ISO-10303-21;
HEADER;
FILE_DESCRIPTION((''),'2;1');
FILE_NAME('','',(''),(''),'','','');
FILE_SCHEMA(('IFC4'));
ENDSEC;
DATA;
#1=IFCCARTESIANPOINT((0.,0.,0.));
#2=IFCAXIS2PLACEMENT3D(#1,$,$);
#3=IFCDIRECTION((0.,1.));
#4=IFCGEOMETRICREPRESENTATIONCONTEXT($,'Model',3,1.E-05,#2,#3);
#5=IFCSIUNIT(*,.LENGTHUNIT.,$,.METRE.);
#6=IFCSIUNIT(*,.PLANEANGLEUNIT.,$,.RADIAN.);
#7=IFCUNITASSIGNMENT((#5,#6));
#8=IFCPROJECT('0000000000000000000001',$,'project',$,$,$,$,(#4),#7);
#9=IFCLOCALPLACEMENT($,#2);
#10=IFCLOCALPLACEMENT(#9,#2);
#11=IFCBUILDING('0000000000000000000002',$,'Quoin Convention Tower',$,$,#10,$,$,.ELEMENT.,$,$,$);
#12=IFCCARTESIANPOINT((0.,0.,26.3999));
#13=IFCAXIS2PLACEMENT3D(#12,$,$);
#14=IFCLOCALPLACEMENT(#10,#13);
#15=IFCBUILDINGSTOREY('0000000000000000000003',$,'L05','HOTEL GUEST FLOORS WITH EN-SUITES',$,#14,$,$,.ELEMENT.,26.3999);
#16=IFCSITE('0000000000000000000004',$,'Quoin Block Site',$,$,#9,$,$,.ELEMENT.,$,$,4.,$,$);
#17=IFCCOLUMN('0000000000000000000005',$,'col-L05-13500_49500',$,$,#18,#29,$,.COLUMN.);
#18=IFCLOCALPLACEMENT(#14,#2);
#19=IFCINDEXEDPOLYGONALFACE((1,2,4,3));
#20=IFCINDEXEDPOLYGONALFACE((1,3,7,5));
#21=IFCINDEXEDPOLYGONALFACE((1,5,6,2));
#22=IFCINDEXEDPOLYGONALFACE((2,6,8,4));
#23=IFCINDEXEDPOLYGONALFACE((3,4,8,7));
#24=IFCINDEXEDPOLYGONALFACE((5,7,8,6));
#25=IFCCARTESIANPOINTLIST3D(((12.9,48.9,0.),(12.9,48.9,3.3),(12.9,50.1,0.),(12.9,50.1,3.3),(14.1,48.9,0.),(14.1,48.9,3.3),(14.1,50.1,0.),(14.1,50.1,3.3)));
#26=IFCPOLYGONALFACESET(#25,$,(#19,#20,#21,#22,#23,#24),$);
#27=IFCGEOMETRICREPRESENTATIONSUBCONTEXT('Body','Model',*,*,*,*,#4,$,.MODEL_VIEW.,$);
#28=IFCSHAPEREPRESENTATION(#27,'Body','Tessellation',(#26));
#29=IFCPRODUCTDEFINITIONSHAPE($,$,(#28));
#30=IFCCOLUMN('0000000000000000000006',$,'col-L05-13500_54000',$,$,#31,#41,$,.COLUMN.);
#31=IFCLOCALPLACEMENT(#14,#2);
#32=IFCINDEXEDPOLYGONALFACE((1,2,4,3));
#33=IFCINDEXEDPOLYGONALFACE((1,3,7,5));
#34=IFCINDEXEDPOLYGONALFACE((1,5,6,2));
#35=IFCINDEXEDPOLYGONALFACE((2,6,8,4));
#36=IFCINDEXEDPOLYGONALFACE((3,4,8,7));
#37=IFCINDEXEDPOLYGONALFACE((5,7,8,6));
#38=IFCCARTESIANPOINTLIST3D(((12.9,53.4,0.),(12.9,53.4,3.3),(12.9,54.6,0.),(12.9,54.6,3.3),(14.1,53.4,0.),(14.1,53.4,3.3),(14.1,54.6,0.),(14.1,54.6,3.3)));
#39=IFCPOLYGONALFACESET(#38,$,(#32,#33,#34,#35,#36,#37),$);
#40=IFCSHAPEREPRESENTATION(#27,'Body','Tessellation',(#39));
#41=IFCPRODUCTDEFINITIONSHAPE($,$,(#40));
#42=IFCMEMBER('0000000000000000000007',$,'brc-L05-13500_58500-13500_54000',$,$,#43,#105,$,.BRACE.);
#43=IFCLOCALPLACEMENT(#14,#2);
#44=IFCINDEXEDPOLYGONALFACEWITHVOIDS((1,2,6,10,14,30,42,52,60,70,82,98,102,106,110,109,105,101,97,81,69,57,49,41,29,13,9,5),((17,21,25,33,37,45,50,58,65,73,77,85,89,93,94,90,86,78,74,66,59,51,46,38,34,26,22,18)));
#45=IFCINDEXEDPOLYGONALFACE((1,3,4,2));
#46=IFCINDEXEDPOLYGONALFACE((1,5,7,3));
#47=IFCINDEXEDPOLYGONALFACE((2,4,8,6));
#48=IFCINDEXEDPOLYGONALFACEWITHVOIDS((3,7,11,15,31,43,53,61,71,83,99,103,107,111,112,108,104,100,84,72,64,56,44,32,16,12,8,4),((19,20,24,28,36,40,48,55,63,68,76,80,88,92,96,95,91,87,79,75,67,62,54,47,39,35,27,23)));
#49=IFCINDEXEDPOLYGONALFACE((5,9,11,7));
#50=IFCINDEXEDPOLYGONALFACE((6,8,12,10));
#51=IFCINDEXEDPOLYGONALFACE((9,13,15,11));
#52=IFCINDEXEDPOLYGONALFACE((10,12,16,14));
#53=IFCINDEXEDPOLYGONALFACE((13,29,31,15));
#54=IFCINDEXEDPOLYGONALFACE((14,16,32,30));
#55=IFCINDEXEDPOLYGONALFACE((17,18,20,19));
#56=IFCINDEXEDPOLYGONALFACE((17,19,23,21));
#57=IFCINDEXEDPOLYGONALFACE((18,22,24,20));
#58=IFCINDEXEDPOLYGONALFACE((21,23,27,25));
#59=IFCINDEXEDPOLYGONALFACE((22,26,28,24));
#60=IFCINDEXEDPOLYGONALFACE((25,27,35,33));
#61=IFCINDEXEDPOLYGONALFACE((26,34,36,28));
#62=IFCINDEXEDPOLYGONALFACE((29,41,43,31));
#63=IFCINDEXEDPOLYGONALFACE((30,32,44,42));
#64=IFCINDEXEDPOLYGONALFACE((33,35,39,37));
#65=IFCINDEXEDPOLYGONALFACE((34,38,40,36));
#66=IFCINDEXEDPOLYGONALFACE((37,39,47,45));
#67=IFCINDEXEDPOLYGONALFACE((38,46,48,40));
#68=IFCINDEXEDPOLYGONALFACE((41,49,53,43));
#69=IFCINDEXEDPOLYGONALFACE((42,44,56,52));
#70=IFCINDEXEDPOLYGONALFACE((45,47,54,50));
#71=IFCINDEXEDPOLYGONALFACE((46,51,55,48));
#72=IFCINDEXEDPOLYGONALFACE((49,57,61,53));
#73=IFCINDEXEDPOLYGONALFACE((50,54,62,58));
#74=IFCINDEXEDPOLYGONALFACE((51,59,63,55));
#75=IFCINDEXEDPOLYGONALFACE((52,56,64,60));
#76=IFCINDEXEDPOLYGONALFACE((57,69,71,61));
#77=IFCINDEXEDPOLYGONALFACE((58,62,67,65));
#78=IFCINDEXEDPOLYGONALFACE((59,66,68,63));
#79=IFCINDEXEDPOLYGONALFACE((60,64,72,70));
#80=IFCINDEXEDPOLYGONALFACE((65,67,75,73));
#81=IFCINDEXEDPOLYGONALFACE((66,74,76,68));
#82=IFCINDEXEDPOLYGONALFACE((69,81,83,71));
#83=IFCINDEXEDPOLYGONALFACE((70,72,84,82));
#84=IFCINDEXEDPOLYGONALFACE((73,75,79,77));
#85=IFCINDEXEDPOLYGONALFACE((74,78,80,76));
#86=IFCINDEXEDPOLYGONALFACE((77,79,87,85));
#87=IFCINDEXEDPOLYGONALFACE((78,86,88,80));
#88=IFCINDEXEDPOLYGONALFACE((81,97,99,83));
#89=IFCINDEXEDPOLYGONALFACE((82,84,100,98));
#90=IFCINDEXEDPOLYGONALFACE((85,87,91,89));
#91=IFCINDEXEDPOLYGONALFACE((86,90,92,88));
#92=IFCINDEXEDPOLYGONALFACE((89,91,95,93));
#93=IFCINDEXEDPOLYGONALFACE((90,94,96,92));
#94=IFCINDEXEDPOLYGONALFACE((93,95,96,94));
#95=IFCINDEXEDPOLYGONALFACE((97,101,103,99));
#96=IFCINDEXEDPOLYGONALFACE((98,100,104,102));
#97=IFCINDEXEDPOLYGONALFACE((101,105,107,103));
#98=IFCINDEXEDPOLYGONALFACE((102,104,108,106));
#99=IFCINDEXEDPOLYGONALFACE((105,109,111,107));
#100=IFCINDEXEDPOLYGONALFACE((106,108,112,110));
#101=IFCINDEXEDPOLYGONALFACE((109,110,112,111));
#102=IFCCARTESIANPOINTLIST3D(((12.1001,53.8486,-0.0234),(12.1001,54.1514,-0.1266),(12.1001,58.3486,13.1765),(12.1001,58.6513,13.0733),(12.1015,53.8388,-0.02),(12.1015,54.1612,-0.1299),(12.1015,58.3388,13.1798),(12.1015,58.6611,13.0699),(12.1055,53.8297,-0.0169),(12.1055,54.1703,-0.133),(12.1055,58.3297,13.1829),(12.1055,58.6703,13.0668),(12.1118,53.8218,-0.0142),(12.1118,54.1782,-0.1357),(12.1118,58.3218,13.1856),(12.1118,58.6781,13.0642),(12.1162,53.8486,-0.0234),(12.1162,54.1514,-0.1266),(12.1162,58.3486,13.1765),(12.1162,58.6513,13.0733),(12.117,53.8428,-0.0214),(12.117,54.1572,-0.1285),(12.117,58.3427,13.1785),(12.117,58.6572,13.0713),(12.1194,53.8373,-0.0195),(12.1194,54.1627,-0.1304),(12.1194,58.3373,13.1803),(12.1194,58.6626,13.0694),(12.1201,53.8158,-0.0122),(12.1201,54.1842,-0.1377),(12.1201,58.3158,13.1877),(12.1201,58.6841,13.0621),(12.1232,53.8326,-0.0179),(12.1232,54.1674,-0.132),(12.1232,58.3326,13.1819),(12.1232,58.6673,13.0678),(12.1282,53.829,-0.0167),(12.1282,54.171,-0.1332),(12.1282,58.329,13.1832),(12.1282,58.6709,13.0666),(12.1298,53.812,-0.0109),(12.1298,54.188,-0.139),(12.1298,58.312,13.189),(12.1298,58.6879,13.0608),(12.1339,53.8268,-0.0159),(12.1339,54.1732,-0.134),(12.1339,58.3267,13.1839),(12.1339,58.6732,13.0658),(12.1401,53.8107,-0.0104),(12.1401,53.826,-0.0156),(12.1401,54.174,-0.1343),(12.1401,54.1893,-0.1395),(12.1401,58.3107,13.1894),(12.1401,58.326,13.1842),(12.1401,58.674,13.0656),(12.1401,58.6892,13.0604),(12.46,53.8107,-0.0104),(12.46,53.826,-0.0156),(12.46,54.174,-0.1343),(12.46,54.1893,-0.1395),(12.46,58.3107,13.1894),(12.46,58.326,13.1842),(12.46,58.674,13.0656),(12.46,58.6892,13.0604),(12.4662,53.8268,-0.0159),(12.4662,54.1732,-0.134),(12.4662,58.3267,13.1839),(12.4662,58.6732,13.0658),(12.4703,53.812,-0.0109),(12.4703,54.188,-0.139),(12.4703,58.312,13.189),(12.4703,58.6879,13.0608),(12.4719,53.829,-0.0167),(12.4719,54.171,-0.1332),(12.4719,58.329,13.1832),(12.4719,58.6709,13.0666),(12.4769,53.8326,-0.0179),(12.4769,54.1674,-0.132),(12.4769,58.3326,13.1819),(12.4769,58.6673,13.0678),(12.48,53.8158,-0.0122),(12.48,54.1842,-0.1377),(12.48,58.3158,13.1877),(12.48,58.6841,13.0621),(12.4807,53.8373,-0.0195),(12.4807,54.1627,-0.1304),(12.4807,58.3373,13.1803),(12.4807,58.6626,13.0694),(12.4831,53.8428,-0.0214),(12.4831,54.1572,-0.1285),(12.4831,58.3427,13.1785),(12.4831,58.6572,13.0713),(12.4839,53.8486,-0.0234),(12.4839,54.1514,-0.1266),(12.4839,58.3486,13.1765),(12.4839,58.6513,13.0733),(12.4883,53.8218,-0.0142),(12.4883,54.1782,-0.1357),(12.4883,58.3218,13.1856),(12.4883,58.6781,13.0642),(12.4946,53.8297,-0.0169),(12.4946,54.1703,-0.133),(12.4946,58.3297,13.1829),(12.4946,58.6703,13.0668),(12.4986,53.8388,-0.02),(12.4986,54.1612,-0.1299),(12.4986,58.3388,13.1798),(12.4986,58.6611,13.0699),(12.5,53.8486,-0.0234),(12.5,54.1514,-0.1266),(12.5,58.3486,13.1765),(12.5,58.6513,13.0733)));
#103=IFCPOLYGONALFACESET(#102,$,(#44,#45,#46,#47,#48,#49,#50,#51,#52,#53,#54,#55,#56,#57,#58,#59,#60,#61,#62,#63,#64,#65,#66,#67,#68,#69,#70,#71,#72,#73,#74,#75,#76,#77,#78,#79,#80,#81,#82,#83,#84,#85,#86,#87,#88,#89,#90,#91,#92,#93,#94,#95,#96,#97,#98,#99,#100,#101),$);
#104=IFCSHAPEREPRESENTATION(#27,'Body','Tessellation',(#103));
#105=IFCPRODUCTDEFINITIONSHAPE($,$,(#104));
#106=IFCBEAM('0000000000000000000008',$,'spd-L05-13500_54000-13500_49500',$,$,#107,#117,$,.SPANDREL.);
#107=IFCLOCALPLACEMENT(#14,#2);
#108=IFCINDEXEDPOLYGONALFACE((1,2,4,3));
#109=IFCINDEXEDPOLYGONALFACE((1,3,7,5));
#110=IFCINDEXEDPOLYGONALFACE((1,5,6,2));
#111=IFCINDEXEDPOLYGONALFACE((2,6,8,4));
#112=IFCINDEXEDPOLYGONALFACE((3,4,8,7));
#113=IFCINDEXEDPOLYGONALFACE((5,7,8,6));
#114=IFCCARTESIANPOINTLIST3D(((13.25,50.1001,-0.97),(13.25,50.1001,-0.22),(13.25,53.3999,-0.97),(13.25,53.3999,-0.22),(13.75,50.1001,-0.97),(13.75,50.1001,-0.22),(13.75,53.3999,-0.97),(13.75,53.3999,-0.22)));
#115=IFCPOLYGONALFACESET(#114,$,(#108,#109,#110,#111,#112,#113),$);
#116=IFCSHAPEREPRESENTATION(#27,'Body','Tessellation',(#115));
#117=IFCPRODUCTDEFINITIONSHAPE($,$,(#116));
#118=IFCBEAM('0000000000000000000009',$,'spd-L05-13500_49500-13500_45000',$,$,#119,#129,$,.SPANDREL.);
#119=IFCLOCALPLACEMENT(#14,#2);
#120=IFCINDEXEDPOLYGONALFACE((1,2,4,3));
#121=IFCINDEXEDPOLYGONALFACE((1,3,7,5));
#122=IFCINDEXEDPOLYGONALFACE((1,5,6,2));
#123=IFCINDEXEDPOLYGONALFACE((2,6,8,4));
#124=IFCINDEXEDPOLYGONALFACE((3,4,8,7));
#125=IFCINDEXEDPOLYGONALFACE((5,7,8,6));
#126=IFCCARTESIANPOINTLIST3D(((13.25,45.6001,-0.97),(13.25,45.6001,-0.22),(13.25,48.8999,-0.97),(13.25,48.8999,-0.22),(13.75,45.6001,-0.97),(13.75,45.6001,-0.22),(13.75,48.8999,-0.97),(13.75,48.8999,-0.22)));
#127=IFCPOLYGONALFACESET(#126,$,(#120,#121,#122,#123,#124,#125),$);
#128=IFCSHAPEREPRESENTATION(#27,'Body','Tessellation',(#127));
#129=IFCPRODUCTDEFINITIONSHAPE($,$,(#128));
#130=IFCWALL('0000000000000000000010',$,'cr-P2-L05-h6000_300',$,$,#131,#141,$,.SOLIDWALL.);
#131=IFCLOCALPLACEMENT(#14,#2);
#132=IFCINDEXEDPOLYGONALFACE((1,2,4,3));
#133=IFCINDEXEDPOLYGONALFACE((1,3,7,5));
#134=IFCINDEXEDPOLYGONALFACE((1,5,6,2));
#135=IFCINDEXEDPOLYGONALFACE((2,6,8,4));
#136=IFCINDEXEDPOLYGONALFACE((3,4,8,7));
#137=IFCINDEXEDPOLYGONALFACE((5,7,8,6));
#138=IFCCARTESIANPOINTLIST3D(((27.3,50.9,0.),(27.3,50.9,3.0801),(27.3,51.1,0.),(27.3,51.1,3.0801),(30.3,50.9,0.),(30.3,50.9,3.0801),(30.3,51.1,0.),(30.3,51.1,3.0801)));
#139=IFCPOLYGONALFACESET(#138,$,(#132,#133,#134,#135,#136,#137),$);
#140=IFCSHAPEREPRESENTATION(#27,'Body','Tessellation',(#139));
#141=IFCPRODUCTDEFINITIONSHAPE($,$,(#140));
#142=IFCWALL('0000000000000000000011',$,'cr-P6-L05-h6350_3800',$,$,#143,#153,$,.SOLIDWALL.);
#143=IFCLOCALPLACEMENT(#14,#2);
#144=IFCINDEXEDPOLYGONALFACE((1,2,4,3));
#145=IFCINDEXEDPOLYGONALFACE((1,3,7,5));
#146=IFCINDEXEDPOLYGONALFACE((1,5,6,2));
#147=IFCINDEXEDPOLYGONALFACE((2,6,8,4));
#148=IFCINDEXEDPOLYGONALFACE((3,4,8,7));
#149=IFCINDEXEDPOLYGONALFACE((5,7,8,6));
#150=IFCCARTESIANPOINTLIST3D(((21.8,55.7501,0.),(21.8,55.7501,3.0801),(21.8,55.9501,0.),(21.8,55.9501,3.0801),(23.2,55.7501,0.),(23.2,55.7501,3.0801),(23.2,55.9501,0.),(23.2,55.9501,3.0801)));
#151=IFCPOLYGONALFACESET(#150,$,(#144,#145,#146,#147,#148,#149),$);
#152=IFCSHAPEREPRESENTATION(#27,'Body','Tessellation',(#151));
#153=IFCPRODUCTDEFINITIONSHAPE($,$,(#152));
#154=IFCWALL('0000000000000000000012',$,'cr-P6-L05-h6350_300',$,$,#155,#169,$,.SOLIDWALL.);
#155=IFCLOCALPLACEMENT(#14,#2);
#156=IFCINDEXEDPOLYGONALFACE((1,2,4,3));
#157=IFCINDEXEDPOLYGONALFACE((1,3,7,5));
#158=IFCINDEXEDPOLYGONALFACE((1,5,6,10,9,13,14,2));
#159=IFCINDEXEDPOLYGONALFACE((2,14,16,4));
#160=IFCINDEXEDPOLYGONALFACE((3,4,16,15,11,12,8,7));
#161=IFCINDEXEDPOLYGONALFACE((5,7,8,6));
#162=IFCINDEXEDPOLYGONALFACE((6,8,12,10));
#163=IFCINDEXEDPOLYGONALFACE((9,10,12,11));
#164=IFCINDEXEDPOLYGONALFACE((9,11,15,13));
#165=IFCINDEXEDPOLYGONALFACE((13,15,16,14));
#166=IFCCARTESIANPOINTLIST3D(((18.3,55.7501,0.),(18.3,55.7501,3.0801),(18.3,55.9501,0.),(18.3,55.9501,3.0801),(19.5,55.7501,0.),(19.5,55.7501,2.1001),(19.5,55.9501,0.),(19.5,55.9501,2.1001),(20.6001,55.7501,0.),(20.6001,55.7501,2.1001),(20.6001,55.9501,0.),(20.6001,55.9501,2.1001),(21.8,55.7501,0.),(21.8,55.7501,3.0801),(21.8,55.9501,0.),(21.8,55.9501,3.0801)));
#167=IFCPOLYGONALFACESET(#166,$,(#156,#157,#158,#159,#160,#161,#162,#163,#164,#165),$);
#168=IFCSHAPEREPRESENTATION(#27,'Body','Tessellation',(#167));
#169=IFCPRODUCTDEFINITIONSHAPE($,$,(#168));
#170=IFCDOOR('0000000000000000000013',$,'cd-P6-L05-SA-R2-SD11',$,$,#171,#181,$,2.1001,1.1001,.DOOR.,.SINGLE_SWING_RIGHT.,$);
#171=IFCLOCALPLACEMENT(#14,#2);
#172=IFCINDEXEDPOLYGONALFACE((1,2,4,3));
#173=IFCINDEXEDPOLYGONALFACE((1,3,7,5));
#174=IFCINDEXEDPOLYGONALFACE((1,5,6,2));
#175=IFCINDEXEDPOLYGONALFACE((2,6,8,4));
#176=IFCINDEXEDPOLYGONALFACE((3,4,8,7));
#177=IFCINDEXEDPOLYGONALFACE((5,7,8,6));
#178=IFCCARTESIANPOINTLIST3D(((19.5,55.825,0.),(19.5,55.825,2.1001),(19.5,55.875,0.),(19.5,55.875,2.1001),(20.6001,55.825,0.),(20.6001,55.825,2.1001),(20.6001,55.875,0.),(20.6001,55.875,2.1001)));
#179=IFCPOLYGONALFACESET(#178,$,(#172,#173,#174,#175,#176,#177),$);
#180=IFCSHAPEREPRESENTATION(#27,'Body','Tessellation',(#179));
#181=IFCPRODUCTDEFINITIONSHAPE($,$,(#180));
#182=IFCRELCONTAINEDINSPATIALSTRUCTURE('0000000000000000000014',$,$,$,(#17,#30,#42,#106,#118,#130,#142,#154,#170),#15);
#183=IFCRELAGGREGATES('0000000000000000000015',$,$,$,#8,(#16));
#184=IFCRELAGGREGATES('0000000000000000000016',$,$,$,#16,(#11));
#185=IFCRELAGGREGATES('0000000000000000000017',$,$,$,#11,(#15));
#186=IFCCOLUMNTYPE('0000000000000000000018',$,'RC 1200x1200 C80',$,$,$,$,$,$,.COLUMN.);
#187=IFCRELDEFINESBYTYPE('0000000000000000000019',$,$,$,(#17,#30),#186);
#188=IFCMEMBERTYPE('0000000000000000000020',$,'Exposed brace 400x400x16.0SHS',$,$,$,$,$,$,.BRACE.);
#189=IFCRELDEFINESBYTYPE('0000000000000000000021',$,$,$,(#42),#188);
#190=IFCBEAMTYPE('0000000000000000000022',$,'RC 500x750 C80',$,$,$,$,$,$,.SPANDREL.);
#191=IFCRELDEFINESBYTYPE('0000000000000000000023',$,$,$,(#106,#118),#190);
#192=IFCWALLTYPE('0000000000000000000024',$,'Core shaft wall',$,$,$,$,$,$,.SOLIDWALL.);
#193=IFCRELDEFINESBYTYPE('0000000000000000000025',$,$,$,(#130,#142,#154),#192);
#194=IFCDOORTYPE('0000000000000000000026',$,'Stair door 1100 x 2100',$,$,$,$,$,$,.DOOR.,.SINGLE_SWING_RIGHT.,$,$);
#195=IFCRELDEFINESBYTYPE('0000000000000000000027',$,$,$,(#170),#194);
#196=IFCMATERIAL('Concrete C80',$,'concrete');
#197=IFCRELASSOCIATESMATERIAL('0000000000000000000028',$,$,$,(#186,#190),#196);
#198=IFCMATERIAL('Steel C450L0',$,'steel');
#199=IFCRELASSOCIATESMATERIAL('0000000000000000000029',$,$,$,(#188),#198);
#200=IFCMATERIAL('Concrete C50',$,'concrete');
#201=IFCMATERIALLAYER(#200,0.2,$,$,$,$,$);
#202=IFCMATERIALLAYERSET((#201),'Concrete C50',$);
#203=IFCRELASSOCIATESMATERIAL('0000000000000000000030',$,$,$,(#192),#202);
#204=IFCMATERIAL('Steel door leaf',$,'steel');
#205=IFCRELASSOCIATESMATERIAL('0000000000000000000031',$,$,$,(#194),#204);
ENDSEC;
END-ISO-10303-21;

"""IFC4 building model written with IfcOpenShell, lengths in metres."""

from ifc_helpers import new_model, si_unit, direction, frame, frame_2d, origin, origin_2d, place, context, subcontext, project, spatial, rectangle, hollow_rectangle, extrude, material, layer, layer_set, material_profile, profile_set, type_object, element, fill, save


model = new_model("IFC4")

# Units and contexts
model_context = context("Model", 3, precision=1e-05, world=origin(), true_north=direction((0.0, 1.0)))
body_context = subcontext(model_context, "Body", "Model", "MODEL_VIEW")
ifc_project = project(units=[si_unit("LENGTHUNIT", "METRE"), si_unit("PLANEANGLEUNIT", "RADIAN")], contexts=[model_context])

# Site, building, storey
site_placement = place(None, origin())
site = spatial("IfcSite", under=ifc_project, at=site_placement, Name="Quoin Block Site", CompositionType="ELEMENT", RefElevation=4.0)
building_placement = place(site_placement, origin())
building = spatial("IfcBuilding", under=site, at=building_placement, Name="Quoin Convention Tower", CompositionType="ELEMENT")
storey_placement = place(building_placement, frame((0.0, 0.0, 26.3999)))
storey = spatial("IfcBuildingStorey", under=building, at=storey_placement, Name="L05", Description="HOTEL GUEST FLOORS WITH EN-SUITES", CompositionType="ELEMENT", Elevation=26.3999)

# Columns
ifc_material_1 = material(Name="Concrete C80", Category="concrete")
ifc_material_profile_1 = material_profile(ifc_material_1, rectangle(XDim=1.2, YDim=1.2, at=origin_2d()), Name="RC 1200x1200")
ifc_profile_set_1 = profile_set([ifc_material_profile_1], Name="Concrete C80")
column_type = type_object("IfcColumnType", Name="RC 1200x1200 C80", PredefinedType="COLUMN", material=ifc_profile_set_1)
for number, where, z_axis, x_axis, name in (
    (1, (13.5, 49.5, 0.0), (0.0, 0.0, 1.0), (1.0, 0.0, 0.0), "col-L05-13500_49500"),
    (2, (13.5, 54.0, 0.0), (0.0, 0.0, 1.0), (1.0, 0.0, 0.0), "col-L05-13500_54000"),
):
    element("IfcColumn", number, at=place(storey_placement, frame(where, z_axis=z_axis, x_axis=x_axis)), inside=storey, type_object=column_type, Name=name, PredefinedType="COLUMN", context=body_context, shape_type="SweptSolid", body=[
        extrude(rectangle(XDim=1.2, YDim=1.2, at=origin_2d()), origin(), (0.0, 0.0, 1.0), 3.3),
    ])

# Member
ifc_material_2 = material(Name="Steel C450L0", Category="steel")
ifc_material_profile_2 = material_profile(ifc_material_2, hollow_rectangle(XDim=0.3999, YDim=0.3999, WallThickness=0.0161, InnerFilletRadius=0.0239, OuterFilletRadius=0.04, at=origin_2d()), Name="400x400x16.0SHS")
ifc_profile_set_2 = profile_set([ifc_material_profile_2], Name="Steel C450L0")
member_type = type_object("IfcMemberType", Name="Exposed brace 400x400x16.0SHS", PredefinedType="BRACE", material=ifc_profile_set_2)
member_placement = place(storey_placement, frame((12.3, 54.0, -0.075), z_axis=(0.0, 0.322675, 0.94651), x_axis=(-1.0, 0.0, 0.0)))
element("IfcMember", 3, at=member_placement, inside=storey, type_object=member_type, Name="brc-L05-13500_58500-13500_54000", PredefinedType="BRACE", context=body_context, shape_type="SweptSolid", body=[
    extrude(hollow_rectangle(XDim=0.3999, YDim=0.3999, WallThickness=0.0161, InnerFilletRadius=0.0239, OuterFilletRadius=0.04, at=origin_2d()), origin(), (0.0, 0.0, 1.0), 13.9458),
])

# Beams
ifc_material_profile_3 = material_profile(ifc_material_1, rectangle(XDim=0.5, YDim=0.75, at=origin_2d()), Name="RC 500x750")
ifc_profile_set_3 = profile_set([ifc_material_profile_3], Name="Concrete C80")
beam_type = type_object("IfcBeamType", Name="RC 500x750 C80", PredefinedType="SPANDREL", material=ifc_profile_set_3)
for number, where, z_axis, x_axis, name in (
    (4, (13.5, 53.3999, -0.595), (0.0, -1.0, 0.0), (1.0, 0.0, 0.0), "spd-L05-13500_54000-13500_49500"),
    (5, (13.5, 48.8999, -0.595), (0.0, -1.0, 0.0), (1.0, 0.0, 0.0), "spd-L05-13500_49500-13500_45000"),
):
    element("IfcBeam", number, at=place(storey_placement, frame(where, z_axis=z_axis, x_axis=x_axis)), inside=storey, type_object=beam_type, Name=name, PredefinedType="SPANDREL", context=body_context, shape_type="SweptSolid", body=[
        extrude(rectangle(XDim=0.5, YDim=0.75, at=origin_2d()), origin(), (0.0, 0.0, 1.0), 3.2998),
    ])

# Walls
ifc_material_3 = material(Name="Concrete C50", Category="concrete")
ifc_layer_1 = layer(ifc_material_3, 0.2)
ifc_layer_set_1 = layer_set([ifc_layer_1], Name="Concrete C50")
wall_type_1 = type_object("IfcWallType", Name="Core shaft wall", PredefinedType="SOLIDWALL", material=ifc_layer_set_1)
wall_1_placement = place(storey_placement, frame((27.3, 51.0, 0.0), z_axis=(0.0, 0.0, 1.0), x_axis=(1.0, 0.0, 0.0)))
element("IfcWall", 6, at=wall_1_placement, inside=storey, type_object=wall_type_1, Name="cr-P2-L05-h6000_300", PredefinedType="SOLIDWALL", context=body_context, shape_type="SweptSolid", body=[
    extrude(rectangle(XDim=3.0, YDim=0.2, at=frame_2d((1.5, 0.0))), origin(), (0.0, 0.0, 1.0), 3.0801),
])
wall_2_placement = place(storey_placement, frame((21.8, 55.8501, 0.0), z_axis=(0.0, 0.0, 1.0), x_axis=(1.0, 0.0, 0.0)))
element("IfcWall", 7, at=wall_2_placement, inside=storey, type_object=wall_type_1, Name="cr-P6-L05-h6350_3800", PredefinedType="SOLIDWALL", context=body_context, shape_type="SweptSolid", body=[
    extrude(rectangle(XDim=1.3999, YDim=0.2, at=frame_2d((0.7, 0.0))), origin(), (0.0, 0.0, 1.0), 3.0801),
])

# Wall, opening, door
wall_3_placement = place(storey_placement, frame((18.3, 55.8501, 0.0), z_axis=(0.0, 0.0, 1.0), x_axis=(1.0, 0.0, 0.0)))
wall_3 = element("IfcWall", 8, at=wall_3_placement, inside=storey, type_object=wall_type_1, Name="cr-P6-L05-h6350_300", PredefinedType="SOLIDWALL", context=body_context, shape_type="SweptSolid", body=[
    extrude(rectangle(XDim=3.5, YDim=0.2, at=frame_2d((1.75, 0.0))), origin(), (0.0, 0.0, 1.0), 3.0801),
])
opening_1_placement = place(wall_3_placement, frame((1.2, 0.0, 0.0)))
opening_1 = element("IfcOpeningElement", 9, at=opening_1_placement, cuts=wall_3, PredefinedType="OPENING", context=body_context, shape_type="SweptSolid", body=[
    extrude(rectangle(XDim=1.1001, YDim=2.1001, at=frame_2d((0.55, 1.05))), frame((0.0, 0.1099, 0.0), z_axis=(0.0, -1.0, 0.0), x_axis=(1.0, 0.0, 0.0)), (0.0, 0.0, 1.0), 0.22),
])
ifc_material_4 = material(Name="Steel door leaf", Category="steel")
door_type_1 = type_object("IfcDoorType", Name="Stair door 1100 x 2100", OperationType="SINGLE_SWING_RIGHT", PredefinedType="DOOR", material=ifc_material_4)
door_1_placement = place(opening_1_placement, origin())
door_1 = element("IfcDoor", 10, at=door_1_placement, inside=storey, type_object=door_type_1, Name="cd-P6-L05-SA-R2-SD11", OperationType="SINGLE_SWING_RIGHT", OverallHeight=2.1001, OverallWidth=1.1001, PredefinedType="DOOR", context=body_context, shape_type="SweptSolid", body=[
    extrude(rectangle(XDim=1.1001, YDim=2.1001, at=frame_2d((0.55, 1.05))), frame((0.0, 0.0249, 0.0), z_axis=(0.0, -1.0, 0.0), x_axis=(1.0, 0.0, 0.0)), (0.0, 0.0, 1.0), 0.05),
])
fill(opening_1, door_1)

save(model, "model.ifc")
